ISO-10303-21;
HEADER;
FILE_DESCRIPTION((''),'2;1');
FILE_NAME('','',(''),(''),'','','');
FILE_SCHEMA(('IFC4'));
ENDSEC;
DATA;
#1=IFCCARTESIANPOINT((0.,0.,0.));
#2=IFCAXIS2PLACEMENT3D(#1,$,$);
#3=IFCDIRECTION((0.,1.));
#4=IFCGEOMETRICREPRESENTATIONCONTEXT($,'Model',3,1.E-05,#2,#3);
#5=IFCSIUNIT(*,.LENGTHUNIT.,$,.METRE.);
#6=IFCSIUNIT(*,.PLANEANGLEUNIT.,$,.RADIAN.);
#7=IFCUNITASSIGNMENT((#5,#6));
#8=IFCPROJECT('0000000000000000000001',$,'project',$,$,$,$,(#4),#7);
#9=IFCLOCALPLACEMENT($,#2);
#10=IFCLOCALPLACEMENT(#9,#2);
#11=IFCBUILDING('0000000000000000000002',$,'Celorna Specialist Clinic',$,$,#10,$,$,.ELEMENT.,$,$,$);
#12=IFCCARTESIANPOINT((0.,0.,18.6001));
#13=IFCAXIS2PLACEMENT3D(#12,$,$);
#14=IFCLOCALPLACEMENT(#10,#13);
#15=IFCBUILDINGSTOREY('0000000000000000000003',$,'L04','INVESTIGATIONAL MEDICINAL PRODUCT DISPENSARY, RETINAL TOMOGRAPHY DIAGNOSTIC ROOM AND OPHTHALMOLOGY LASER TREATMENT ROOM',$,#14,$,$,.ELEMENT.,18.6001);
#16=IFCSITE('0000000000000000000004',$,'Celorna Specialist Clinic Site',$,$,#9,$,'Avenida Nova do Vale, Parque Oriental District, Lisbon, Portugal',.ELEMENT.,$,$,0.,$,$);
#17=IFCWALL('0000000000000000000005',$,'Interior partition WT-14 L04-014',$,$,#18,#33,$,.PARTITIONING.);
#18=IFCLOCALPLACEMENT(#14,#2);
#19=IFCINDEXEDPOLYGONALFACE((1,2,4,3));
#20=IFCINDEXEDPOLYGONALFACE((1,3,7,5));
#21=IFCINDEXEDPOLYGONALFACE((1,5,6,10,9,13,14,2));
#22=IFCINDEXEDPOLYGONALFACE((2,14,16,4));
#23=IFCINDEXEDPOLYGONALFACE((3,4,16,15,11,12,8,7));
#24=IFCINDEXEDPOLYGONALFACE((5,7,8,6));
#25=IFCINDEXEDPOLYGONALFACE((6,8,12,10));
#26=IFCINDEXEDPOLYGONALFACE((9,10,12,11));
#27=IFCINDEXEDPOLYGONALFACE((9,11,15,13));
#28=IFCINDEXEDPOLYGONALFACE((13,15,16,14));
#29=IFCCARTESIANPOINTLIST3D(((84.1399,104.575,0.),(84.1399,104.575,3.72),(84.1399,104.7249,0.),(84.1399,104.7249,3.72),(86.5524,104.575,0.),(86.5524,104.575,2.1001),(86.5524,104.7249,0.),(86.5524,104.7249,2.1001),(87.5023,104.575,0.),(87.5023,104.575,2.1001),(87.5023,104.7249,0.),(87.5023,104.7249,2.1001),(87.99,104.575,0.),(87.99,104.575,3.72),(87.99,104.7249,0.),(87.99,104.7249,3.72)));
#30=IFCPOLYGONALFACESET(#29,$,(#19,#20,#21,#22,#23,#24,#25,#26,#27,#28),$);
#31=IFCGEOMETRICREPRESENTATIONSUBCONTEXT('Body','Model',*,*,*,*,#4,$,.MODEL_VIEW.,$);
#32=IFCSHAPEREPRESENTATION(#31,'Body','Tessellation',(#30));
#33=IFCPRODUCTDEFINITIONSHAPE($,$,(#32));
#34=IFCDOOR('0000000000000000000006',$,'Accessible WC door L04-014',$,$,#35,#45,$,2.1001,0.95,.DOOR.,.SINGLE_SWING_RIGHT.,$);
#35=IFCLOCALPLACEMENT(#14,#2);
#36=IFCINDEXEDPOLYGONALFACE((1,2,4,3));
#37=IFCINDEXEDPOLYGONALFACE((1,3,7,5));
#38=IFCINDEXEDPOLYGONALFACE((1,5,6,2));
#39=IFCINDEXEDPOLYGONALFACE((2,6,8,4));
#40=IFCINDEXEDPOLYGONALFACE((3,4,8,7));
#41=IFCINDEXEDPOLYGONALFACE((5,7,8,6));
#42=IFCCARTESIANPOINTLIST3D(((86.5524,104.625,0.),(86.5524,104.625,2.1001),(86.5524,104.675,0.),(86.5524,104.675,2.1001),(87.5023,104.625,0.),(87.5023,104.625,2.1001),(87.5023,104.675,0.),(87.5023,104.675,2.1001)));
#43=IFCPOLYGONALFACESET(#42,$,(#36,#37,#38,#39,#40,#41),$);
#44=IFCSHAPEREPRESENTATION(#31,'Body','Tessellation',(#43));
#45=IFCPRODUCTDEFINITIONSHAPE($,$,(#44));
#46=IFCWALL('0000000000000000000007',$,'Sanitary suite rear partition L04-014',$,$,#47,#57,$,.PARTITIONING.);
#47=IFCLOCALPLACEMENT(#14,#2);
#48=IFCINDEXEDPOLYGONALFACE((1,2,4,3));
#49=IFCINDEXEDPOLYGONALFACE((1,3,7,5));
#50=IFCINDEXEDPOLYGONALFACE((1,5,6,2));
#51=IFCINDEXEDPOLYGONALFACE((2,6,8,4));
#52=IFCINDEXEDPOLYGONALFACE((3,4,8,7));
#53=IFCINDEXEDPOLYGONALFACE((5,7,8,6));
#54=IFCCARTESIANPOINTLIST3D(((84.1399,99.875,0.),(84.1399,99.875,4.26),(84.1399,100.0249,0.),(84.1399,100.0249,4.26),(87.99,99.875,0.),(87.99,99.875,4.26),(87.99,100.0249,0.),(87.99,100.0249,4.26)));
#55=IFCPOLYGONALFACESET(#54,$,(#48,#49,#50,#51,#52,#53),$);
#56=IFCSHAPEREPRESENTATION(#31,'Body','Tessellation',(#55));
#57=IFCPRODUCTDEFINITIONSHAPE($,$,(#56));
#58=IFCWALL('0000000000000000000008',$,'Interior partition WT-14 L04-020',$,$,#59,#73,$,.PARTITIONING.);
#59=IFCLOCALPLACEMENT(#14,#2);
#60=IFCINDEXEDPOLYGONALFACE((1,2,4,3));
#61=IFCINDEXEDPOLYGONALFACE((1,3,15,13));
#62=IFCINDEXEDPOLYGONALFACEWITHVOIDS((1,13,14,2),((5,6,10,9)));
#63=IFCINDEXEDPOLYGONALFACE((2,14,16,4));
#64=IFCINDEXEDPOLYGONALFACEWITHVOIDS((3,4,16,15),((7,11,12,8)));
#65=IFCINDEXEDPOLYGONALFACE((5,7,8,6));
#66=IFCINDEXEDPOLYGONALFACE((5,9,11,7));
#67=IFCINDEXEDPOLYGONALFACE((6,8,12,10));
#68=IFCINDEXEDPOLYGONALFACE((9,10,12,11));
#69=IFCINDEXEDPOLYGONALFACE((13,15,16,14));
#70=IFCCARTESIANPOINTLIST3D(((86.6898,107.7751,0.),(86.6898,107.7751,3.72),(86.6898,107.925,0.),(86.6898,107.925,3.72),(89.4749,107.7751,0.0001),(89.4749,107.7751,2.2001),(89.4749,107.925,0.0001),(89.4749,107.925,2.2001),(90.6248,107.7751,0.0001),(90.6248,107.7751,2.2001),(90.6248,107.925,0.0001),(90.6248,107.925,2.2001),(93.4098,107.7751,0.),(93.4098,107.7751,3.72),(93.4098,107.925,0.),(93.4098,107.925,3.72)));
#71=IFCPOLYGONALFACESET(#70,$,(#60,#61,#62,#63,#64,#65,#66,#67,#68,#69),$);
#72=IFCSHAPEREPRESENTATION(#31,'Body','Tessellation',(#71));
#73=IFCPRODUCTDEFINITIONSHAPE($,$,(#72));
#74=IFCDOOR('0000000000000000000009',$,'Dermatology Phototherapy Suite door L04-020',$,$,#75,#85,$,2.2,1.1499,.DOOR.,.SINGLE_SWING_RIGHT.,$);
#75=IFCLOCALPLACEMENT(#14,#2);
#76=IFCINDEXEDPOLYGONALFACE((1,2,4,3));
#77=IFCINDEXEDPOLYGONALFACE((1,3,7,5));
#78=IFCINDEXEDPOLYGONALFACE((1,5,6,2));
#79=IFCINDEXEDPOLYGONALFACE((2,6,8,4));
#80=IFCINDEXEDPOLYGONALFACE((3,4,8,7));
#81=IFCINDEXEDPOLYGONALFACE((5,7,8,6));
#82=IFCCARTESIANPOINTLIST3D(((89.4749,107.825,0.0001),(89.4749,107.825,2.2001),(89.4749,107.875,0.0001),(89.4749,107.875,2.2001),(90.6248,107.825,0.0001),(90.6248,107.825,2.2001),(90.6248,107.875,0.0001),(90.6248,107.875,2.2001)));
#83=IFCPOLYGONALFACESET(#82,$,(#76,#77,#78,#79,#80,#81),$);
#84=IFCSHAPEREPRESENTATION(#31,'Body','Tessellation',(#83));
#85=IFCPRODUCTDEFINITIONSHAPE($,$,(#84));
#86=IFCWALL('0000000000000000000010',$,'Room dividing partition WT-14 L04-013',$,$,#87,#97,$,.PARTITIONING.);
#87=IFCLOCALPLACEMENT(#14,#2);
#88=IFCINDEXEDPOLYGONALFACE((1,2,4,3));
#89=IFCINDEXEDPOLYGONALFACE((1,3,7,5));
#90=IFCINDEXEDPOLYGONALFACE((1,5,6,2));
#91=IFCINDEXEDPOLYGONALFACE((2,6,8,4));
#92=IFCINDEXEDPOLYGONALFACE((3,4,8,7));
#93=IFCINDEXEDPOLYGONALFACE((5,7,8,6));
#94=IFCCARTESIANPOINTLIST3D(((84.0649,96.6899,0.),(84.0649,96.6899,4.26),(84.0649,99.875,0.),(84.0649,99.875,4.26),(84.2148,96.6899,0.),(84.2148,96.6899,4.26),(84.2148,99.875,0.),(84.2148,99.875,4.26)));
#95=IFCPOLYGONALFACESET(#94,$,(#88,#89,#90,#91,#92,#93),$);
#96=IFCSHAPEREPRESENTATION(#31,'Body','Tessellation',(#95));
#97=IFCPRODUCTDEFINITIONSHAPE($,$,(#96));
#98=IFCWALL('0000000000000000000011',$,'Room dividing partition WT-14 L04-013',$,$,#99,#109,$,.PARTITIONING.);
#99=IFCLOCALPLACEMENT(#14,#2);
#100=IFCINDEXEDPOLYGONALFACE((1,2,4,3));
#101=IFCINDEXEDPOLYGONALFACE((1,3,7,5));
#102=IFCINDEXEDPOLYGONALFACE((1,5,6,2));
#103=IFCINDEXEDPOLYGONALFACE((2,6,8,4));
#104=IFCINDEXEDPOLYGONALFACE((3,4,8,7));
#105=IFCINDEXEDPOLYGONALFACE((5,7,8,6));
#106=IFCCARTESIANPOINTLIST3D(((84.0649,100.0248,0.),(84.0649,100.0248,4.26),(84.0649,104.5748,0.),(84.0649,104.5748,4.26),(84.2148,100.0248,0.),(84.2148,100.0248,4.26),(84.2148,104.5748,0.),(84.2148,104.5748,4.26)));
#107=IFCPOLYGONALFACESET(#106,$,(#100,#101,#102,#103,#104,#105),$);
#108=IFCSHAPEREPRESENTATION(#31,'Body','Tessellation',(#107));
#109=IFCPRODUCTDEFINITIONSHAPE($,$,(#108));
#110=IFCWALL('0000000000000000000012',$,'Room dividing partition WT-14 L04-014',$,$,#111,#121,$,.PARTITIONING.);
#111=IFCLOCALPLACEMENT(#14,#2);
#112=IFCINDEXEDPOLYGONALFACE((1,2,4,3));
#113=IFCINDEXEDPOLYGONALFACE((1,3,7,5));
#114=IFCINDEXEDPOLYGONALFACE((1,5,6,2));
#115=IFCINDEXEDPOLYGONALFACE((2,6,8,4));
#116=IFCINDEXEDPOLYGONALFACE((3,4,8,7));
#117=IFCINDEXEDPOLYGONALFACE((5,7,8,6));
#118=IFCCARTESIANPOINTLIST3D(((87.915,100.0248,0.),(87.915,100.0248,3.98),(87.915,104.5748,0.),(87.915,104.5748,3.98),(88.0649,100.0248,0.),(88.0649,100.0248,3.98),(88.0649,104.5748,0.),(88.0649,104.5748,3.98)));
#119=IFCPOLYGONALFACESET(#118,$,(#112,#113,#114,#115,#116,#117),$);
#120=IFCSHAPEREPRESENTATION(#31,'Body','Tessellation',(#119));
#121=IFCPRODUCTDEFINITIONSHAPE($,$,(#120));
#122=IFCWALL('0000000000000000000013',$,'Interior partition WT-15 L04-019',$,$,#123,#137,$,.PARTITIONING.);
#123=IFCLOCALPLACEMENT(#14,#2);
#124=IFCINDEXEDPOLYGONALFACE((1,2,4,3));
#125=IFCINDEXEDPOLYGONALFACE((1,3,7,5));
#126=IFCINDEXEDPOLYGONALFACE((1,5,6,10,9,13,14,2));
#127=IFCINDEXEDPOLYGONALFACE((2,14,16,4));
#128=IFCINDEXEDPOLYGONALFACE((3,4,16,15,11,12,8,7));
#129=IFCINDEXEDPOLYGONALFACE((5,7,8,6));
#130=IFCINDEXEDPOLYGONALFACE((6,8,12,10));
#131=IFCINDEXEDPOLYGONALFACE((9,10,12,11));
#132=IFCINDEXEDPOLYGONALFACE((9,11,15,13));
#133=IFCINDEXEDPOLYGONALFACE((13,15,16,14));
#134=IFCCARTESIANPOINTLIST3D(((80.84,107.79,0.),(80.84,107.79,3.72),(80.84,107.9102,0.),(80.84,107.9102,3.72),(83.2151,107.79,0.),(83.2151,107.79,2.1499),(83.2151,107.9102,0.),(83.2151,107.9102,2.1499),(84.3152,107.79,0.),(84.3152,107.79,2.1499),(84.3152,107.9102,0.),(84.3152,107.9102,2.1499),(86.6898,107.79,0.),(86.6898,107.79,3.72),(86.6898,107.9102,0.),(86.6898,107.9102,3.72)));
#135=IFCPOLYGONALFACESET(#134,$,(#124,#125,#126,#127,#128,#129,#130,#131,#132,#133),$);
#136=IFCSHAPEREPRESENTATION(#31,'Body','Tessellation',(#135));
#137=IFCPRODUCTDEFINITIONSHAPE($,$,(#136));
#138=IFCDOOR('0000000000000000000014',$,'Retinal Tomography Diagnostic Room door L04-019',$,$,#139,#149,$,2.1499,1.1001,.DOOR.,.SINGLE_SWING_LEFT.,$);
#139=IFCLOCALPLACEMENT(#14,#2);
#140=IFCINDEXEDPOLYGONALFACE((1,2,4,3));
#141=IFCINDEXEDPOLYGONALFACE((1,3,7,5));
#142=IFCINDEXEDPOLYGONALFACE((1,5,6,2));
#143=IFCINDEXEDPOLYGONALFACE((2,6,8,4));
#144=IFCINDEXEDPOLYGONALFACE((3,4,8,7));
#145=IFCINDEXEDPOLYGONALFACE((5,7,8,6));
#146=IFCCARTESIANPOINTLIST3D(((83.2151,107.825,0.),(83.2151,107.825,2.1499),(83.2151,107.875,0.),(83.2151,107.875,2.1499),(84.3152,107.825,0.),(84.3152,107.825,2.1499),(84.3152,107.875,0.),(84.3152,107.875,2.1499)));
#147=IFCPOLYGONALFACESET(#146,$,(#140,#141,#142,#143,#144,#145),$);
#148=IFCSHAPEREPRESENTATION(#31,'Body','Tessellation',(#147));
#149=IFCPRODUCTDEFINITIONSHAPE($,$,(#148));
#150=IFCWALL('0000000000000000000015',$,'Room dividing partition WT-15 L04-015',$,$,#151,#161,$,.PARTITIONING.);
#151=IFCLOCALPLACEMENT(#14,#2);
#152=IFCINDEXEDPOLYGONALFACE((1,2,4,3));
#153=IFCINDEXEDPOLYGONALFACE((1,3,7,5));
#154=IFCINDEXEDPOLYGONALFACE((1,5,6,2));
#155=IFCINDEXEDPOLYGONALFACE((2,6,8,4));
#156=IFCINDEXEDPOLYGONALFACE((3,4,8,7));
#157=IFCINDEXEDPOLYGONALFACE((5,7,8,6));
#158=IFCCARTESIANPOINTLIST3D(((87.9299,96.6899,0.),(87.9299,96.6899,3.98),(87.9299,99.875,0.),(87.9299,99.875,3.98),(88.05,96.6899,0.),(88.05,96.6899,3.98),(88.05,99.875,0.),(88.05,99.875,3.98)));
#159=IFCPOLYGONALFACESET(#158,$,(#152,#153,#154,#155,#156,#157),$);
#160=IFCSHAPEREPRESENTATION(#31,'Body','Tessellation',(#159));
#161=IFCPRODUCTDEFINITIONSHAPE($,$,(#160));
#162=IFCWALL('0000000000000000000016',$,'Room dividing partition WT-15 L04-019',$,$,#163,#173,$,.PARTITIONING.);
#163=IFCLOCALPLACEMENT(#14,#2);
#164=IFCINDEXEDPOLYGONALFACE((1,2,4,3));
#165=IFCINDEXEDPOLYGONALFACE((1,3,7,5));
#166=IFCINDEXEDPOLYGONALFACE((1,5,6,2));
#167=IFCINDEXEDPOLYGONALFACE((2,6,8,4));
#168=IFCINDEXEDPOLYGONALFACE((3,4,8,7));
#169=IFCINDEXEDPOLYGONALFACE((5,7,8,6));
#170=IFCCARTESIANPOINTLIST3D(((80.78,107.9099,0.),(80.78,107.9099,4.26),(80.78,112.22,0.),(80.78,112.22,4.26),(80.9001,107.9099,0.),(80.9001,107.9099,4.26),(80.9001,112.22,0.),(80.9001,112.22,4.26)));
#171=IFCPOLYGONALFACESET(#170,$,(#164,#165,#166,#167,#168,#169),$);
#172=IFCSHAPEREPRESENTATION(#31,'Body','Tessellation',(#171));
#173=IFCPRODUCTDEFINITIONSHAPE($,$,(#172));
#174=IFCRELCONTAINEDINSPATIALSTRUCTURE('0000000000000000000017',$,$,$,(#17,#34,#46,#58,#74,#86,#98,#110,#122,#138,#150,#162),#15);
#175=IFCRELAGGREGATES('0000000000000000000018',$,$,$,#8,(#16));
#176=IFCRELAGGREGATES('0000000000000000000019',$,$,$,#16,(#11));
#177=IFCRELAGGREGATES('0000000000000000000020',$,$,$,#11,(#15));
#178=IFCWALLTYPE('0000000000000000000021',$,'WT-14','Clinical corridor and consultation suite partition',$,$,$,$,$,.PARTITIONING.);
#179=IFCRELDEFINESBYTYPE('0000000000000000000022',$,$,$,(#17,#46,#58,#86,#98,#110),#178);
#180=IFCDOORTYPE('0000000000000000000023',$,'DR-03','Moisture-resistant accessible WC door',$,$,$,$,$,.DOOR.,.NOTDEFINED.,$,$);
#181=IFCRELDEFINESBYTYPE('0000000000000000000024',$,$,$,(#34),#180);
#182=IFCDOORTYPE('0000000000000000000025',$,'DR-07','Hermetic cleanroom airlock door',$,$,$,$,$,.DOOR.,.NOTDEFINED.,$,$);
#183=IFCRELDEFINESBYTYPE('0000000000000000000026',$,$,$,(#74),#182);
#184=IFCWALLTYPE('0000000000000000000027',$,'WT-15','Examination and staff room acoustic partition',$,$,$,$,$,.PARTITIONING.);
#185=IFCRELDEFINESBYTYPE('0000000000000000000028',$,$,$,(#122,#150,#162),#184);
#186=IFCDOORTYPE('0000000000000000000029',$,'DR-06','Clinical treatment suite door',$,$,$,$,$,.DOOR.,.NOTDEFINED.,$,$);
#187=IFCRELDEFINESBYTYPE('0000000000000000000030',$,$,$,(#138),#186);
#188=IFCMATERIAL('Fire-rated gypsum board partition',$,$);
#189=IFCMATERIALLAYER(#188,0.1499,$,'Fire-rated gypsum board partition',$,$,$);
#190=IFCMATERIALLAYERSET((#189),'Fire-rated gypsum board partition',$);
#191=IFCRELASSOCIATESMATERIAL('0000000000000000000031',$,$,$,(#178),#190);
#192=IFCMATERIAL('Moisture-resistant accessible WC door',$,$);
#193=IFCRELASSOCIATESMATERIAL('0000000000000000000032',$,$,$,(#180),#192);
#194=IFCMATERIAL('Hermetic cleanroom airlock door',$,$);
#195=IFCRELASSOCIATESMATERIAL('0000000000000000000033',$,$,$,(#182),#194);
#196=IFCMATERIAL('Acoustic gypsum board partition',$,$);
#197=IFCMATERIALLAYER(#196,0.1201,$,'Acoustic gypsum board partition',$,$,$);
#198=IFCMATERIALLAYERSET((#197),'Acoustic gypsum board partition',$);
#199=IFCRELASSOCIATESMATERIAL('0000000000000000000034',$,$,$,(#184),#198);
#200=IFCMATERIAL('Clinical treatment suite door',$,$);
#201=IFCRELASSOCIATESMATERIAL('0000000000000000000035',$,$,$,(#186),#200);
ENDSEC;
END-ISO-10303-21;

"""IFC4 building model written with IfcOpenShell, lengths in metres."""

from ifc_helpers import new_model, si_unit, direction, frame, frame_2d, origin, place, context, subcontext, project, spatial, rectangle, extrude, material, layer, layer_set, type_object, element, fill, save


model = new_model("IFC4")

# Units and contexts
model_context = context("Model", 3, precision=1e-05, world=origin(), true_north=direction((0.0, 1.0)))
body_context = subcontext(model_context, "Body", "Model", "MODEL_VIEW")
ifc_project = project(units=[si_unit("LENGTHUNIT", "METRE"), si_unit("PLANEANGLEUNIT", "RADIAN")], contexts=[model_context])

# Site, building, storey
site_placement = place(None, origin())
site = spatial("IfcSite", under=ifc_project, at=site_placement, Name="Celorna Specialist Clinic Site", LongName="Avenida Nova do Vale, Parque Oriental District, Lisbon, Portugal", CompositionType="ELEMENT", RefElevation=0.0)
building_placement = place(site_placement, origin())
building = spatial("IfcBuilding", under=site, at=building_placement, Name="Celorna Specialist Clinic", CompositionType="ELEMENT")
storey_placement = place(building_placement, frame((0.0, 0.0, 18.6001)))
storey = spatial("IfcBuildingStorey", under=building, at=storey_placement, Name="L04", Description="INVESTIGATIONAL MEDICINAL PRODUCT DISPENSARY, RETINAL TOMOGRAPHY DIAGNOSTIC ROOM AND OPHTHALMOLOGY LASER TREATMENT ROOM", CompositionType="ELEMENT", Elevation=18.6001)

# Shared definitions
ifc_material_1 = material(Name="Fire-rated gypsum board partition")
ifc_layer_1 = layer(ifc_material_1, 0.1499, Name="Fire-rated gypsum board partition")
ifc_layer_set_1 = layer_set([ifc_layer_1], Name="Fire-rated gypsum board partition")
wall_type_1 = type_object("IfcWallType", Name="WT-14", Description="Clinical corridor and consultation suite partition", PredefinedType="PARTITIONING", material=ifc_layer_set_1)

# Wall, opening, door
wall_1_placement = place(storey_placement, frame((87.99, 104.6499, 0.0), z_axis=(0.0, 0.0, 1.0), x_axis=(-1.0, 0.0, 0.0)))
wall_1 = element("IfcWall", 1, at=wall_1_placement, inside=storey, type_object=wall_type_1, Name="Interior partition WT-14 L04-014", PredefinedType="PARTITIONING", context=body_context, shape_type="SweptSolid", body=[
    extrude(rectangle(XDim=3.8501, YDim=0.1499, at=frame_2d((1.925, 0.0))), origin(), (0.0, 0.0, 1.0), 3.72),
])
opening_1_placement = place(wall_1_placement, frame((0.4875, 0.0, 0.0)))
opening_1 = element("IfcOpeningElement", 2, at=opening_1_placement, cuts=wall_1, PredefinedType="OPENING", context=body_context, shape_type="SweptSolid", body=[
    extrude(rectangle(XDim=0.95, YDim=2.1001, at=frame_2d((0.4751, 1.05))), frame((0.0, 0.085, 0.0), z_axis=(0.0, -1.0, 0.0), x_axis=(1.0, 0.0, 0.0)), (0.0, 0.0, 1.0), 0.1699),
])
ifc_material_2 = material(Name="Moisture-resistant accessible WC door")
door_type_1 = type_object("IfcDoorType", Name="DR-03", Description="Moisture-resistant accessible WC door", OperationType="NOTDEFINED", PredefinedType="DOOR", material=ifc_material_2)
door_1_placement = place(opening_1_placement, origin())
door_1 = element("IfcDoor", 3, at=door_1_placement, inside=storey, type_object=door_type_1, Name="Accessible WC door L04-014", OperationType="SINGLE_SWING_RIGHT", OverallHeight=2.1001, OverallWidth=0.95, PredefinedType="DOOR", context=body_context, shape_type="SweptSolid", body=[
    extrude(rectangle(XDim=0.95, YDim=2.1001, at=frame_2d((0.4751, 1.05))), frame((0.0, 0.0249, 0.0), z_axis=(0.0, -1.0, 0.0), x_axis=(1.0, 0.0, 0.0)), (0.0, 0.0, 1.0), 0.05),
])
fill(opening_1, door_1)

# Wall
wall_2_placement = place(storey_placement, frame((84.1399, 99.95, 0.0), z_axis=(0.0, 0.0, 1.0), x_axis=(1.0, 0.0, 0.0)))
element("IfcWall", 4, at=wall_2_placement, inside=storey, type_object=wall_type_1, Name="Sanitary suite rear partition L04-014", PredefinedType="PARTITIONING", context=body_context, shape_type="SweptSolid", body=[
    extrude(rectangle(XDim=3.8501, YDim=0.1499, at=frame_2d((1.925, 0.0))), origin(), (0.0, 0.0, 1.0), 4.26),
])

# Wall, opening, door
wall_3_placement = place(storey_placement, frame((86.6899, 107.8501, 0.0), z_axis=(0.0, 0.0, 1.0), x_axis=(1.0, 0.0, 0.0)))
wall_3 = element("IfcWall", 5, at=wall_3_placement, inside=storey, type_object=wall_type_1, Name="Interior partition WT-14 L04-020", PredefinedType="PARTITIONING", context=body_context, shape_type="SweptSolid", body=[
    extrude(rectangle(XDim=6.72, YDim=0.1499, at=frame_2d((3.3599, 0.0))), origin(), (0.0, 0.0, 1.0), 3.72),
])
opening_2_placement = place(wall_3_placement, frame((2.7849, 0.0, 0.0)))
opening_2 = element("IfcOpeningElement", 6, at=opening_2_placement, cuts=wall_3, PredefinedType="OPENING", context=body_context, shape_type="SweptSolid", body=[
    extrude(rectangle(XDim=1.1499, YDim=2.2, at=frame_2d((0.575, 1.1001))), frame((0.0, 0.085, 0.0), z_axis=(0.0, -1.0, 0.0), x_axis=(1.0, 0.0, 0.0)), (0.0, 0.0, 1.0), 0.1699),
])
ifc_material_3 = material(Name="Hermetic cleanroom airlock door")
door_type_2 = type_object("IfcDoorType", Name="DR-07", Description="Hermetic cleanroom airlock door", OperationType="NOTDEFINED", PredefinedType="DOOR", material=ifc_material_3)
door_2_placement = place(opening_2_placement, origin())
door_2 = element("IfcDoor", 7, at=door_2_placement, inside=storey, type_object=door_type_2, Name="Dermatology Phototherapy Suite door L04-020", OperationType="SINGLE_SWING_RIGHT", OverallHeight=2.2, OverallWidth=1.1499, PredefinedType="DOOR", context=body_context, shape_type="SweptSolid", body=[
    extrude(rectangle(XDim=1.1499, YDim=2.2, at=frame_2d((0.575, 1.1001))), frame((0.0, 0.0249, 0.0), z_axis=(0.0, -1.0, 0.0), x_axis=(1.0, 0.0, 0.0)), (0.0, 0.0, 1.0), 0.05),
])
fill(opening_2, door_2)

# Walls
wall_4_placement = place(storey_placement, frame((84.1399, 96.6899, 0.0), z_axis=(0.0, 0.0, 1.0), x_axis=(0.0, 1.0, 0.0)))
element("IfcWall", 8, at=wall_4_placement, inside=storey, type_object=wall_type_1, Name="Room dividing partition WT-14 L04-013", PredefinedType="PARTITIONING", context=body_context, shape_type="SweptSolid", body=[
    extrude(rectangle(XDim=3.1851, YDim=0.1499, at=frame_2d((1.5925, 0.0))), origin(), (0.0, 0.0, 1.0), 4.26),
])
wall_5_placement = place(storey_placement, frame((84.1399, 100.0249, 0.0), z_axis=(0.0, 0.0, 1.0), x_axis=(0.0, 1.0, 0.0)))
element("IfcWall", 9, at=wall_5_placement, inside=storey, type_object=wall_type_1, Name="Room dividing partition WT-14 L04-013", PredefinedType="PARTITIONING", context=body_context, shape_type="SweptSolid", body=[
    extrude(rectangle(XDim=4.55, YDim=0.1499, at=frame_2d((2.2749, 0.0))), origin(), (0.0, 0.0, 1.0), 4.26),
])
wall_6_placement = place(storey_placement, frame((87.99, 100.0249, 0.0), z_axis=(0.0, 0.0, 1.0), x_axis=(0.0, 1.0, 0.0)))
element("IfcWall", 10, at=wall_6_placement, inside=storey, type_object=wall_type_1, Name="Room dividing partition WT-14 L04-014", PredefinedType="PARTITIONING", context=body_context, shape_type="SweptSolid", body=[
    extrude(rectangle(XDim=4.55, YDim=0.1499, at=frame_2d((2.2749, 0.0))), origin(), (0.0, 0.0, 1.0), 3.98),
])

# Wall, opening, door
ifc_material_4 = material(Name="Acoustic gypsum board partition")
ifc_layer_2 = layer(ifc_material_4, 0.1201, Name="Acoustic gypsum board partition")
ifc_layer_set_2 = layer_set([ifc_layer_2], Name="Acoustic gypsum board partition")
wall_type_2 = type_object("IfcWallType", Name="WT-15", Description="Examination and staff room acoustic partition", PredefinedType="PARTITIONING", material=ifc_layer_set_2)
wall_7_placement = place(storey_placement, frame((80.8401, 107.8501, 0.0), z_axis=(0.0, 0.0, 1.0), x_axis=(1.0, 0.0, 0.0)))
wall_7 = element("IfcWall", 11, at=wall_7_placement, inside=storey, type_object=wall_type_2, Name="Interior partition WT-15 L04-019", PredefinedType="PARTITIONING", context=body_context, shape_type="SweptSolid", body=[
    extrude(rectangle(XDim=5.8499, YDim=0.1201, at=frame_2d((2.9248, 0.0))), origin(), (0.0, 0.0, 1.0), 3.72),
])
opening_3_placement = place(wall_7_placement, frame((2.375, 0.0, 0.0)))
opening_3 = element("IfcOpeningElement", 12, at=opening_3_placement, cuts=wall_7, PredefinedType="OPENING", context=body_context, shape_type="SweptSolid", body=[
    extrude(rectangle(XDim=1.1001, YDim=2.1499, at=frame_2d((0.55, 1.075))), frame((0.0, 0.0701, 0.0), z_axis=(0.0, -1.0, 0.0), x_axis=(1.0, 0.0, 0.0)), (0.0, 0.0, 1.0), 0.1401),
])
ifc_material_5 = material(Name="Clinical treatment suite door")
door_type_3 = type_object("IfcDoorType", Name="DR-06", Description="Clinical treatment suite door", OperationType="NOTDEFINED", PredefinedType="DOOR", material=ifc_material_5)
door_3_placement = place(opening_3_placement, origin())
door_3 = element("IfcDoor", 13, at=door_3_placement, inside=storey, type_object=door_type_3, Name="Retinal Tomography Diagnostic Room door L04-019", OperationType="SINGLE_SWING_LEFT", OverallHeight=2.1499, OverallWidth=1.1001, PredefinedType="DOOR", context=body_context, shape_type="SweptSolid", body=[
    extrude(rectangle(XDim=1.1001, YDim=2.1499, at=frame_2d((0.55, 1.075))), frame((0.0, 0.0249, 0.0), z_axis=(0.0, -1.0, 0.0), x_axis=(1.0, 0.0, 0.0)), (0.0, 0.0, 1.0), 0.05),
])
fill(opening_3, door_3)

# Walls
wall_8_placement = place(storey_placement, frame((87.99, 96.6899, 0.0), z_axis=(0.0, 0.0, 1.0), x_axis=(0.0, 1.0, 0.0)))
element("IfcWall", 14, at=wall_8_placement, inside=storey, type_object=wall_type_2, Name="Room dividing partition WT-15 L04-015", PredefinedType="PARTITIONING", context=body_context, shape_type="SweptSolid", body=[
    extrude(rectangle(XDim=3.1851, YDim=0.1201, at=frame_2d((1.5925, 0.0))), origin(), (0.0, 0.0, 1.0), 3.98),
])
wall_9_placement = place(storey_placement, frame((80.8401, 107.9099, 0.0), z_axis=(0.0, 0.0, 1.0), x_axis=(0.0, 1.0, 0.0)))
element("IfcWall", 15, at=wall_9_placement, inside=storey, type_object=wall_type_2, Name="Room dividing partition WT-15 L04-019", PredefinedType="PARTITIONING", context=body_context, shape_type="SweptSolid", body=[
    extrude(rectangle(XDim=4.3101, YDim=0.1201, at=frame_2d((2.155, 0.0))), origin(), (0.0, 0.0, 1.0), 4.26),
])

save(model, "model.ifc")
